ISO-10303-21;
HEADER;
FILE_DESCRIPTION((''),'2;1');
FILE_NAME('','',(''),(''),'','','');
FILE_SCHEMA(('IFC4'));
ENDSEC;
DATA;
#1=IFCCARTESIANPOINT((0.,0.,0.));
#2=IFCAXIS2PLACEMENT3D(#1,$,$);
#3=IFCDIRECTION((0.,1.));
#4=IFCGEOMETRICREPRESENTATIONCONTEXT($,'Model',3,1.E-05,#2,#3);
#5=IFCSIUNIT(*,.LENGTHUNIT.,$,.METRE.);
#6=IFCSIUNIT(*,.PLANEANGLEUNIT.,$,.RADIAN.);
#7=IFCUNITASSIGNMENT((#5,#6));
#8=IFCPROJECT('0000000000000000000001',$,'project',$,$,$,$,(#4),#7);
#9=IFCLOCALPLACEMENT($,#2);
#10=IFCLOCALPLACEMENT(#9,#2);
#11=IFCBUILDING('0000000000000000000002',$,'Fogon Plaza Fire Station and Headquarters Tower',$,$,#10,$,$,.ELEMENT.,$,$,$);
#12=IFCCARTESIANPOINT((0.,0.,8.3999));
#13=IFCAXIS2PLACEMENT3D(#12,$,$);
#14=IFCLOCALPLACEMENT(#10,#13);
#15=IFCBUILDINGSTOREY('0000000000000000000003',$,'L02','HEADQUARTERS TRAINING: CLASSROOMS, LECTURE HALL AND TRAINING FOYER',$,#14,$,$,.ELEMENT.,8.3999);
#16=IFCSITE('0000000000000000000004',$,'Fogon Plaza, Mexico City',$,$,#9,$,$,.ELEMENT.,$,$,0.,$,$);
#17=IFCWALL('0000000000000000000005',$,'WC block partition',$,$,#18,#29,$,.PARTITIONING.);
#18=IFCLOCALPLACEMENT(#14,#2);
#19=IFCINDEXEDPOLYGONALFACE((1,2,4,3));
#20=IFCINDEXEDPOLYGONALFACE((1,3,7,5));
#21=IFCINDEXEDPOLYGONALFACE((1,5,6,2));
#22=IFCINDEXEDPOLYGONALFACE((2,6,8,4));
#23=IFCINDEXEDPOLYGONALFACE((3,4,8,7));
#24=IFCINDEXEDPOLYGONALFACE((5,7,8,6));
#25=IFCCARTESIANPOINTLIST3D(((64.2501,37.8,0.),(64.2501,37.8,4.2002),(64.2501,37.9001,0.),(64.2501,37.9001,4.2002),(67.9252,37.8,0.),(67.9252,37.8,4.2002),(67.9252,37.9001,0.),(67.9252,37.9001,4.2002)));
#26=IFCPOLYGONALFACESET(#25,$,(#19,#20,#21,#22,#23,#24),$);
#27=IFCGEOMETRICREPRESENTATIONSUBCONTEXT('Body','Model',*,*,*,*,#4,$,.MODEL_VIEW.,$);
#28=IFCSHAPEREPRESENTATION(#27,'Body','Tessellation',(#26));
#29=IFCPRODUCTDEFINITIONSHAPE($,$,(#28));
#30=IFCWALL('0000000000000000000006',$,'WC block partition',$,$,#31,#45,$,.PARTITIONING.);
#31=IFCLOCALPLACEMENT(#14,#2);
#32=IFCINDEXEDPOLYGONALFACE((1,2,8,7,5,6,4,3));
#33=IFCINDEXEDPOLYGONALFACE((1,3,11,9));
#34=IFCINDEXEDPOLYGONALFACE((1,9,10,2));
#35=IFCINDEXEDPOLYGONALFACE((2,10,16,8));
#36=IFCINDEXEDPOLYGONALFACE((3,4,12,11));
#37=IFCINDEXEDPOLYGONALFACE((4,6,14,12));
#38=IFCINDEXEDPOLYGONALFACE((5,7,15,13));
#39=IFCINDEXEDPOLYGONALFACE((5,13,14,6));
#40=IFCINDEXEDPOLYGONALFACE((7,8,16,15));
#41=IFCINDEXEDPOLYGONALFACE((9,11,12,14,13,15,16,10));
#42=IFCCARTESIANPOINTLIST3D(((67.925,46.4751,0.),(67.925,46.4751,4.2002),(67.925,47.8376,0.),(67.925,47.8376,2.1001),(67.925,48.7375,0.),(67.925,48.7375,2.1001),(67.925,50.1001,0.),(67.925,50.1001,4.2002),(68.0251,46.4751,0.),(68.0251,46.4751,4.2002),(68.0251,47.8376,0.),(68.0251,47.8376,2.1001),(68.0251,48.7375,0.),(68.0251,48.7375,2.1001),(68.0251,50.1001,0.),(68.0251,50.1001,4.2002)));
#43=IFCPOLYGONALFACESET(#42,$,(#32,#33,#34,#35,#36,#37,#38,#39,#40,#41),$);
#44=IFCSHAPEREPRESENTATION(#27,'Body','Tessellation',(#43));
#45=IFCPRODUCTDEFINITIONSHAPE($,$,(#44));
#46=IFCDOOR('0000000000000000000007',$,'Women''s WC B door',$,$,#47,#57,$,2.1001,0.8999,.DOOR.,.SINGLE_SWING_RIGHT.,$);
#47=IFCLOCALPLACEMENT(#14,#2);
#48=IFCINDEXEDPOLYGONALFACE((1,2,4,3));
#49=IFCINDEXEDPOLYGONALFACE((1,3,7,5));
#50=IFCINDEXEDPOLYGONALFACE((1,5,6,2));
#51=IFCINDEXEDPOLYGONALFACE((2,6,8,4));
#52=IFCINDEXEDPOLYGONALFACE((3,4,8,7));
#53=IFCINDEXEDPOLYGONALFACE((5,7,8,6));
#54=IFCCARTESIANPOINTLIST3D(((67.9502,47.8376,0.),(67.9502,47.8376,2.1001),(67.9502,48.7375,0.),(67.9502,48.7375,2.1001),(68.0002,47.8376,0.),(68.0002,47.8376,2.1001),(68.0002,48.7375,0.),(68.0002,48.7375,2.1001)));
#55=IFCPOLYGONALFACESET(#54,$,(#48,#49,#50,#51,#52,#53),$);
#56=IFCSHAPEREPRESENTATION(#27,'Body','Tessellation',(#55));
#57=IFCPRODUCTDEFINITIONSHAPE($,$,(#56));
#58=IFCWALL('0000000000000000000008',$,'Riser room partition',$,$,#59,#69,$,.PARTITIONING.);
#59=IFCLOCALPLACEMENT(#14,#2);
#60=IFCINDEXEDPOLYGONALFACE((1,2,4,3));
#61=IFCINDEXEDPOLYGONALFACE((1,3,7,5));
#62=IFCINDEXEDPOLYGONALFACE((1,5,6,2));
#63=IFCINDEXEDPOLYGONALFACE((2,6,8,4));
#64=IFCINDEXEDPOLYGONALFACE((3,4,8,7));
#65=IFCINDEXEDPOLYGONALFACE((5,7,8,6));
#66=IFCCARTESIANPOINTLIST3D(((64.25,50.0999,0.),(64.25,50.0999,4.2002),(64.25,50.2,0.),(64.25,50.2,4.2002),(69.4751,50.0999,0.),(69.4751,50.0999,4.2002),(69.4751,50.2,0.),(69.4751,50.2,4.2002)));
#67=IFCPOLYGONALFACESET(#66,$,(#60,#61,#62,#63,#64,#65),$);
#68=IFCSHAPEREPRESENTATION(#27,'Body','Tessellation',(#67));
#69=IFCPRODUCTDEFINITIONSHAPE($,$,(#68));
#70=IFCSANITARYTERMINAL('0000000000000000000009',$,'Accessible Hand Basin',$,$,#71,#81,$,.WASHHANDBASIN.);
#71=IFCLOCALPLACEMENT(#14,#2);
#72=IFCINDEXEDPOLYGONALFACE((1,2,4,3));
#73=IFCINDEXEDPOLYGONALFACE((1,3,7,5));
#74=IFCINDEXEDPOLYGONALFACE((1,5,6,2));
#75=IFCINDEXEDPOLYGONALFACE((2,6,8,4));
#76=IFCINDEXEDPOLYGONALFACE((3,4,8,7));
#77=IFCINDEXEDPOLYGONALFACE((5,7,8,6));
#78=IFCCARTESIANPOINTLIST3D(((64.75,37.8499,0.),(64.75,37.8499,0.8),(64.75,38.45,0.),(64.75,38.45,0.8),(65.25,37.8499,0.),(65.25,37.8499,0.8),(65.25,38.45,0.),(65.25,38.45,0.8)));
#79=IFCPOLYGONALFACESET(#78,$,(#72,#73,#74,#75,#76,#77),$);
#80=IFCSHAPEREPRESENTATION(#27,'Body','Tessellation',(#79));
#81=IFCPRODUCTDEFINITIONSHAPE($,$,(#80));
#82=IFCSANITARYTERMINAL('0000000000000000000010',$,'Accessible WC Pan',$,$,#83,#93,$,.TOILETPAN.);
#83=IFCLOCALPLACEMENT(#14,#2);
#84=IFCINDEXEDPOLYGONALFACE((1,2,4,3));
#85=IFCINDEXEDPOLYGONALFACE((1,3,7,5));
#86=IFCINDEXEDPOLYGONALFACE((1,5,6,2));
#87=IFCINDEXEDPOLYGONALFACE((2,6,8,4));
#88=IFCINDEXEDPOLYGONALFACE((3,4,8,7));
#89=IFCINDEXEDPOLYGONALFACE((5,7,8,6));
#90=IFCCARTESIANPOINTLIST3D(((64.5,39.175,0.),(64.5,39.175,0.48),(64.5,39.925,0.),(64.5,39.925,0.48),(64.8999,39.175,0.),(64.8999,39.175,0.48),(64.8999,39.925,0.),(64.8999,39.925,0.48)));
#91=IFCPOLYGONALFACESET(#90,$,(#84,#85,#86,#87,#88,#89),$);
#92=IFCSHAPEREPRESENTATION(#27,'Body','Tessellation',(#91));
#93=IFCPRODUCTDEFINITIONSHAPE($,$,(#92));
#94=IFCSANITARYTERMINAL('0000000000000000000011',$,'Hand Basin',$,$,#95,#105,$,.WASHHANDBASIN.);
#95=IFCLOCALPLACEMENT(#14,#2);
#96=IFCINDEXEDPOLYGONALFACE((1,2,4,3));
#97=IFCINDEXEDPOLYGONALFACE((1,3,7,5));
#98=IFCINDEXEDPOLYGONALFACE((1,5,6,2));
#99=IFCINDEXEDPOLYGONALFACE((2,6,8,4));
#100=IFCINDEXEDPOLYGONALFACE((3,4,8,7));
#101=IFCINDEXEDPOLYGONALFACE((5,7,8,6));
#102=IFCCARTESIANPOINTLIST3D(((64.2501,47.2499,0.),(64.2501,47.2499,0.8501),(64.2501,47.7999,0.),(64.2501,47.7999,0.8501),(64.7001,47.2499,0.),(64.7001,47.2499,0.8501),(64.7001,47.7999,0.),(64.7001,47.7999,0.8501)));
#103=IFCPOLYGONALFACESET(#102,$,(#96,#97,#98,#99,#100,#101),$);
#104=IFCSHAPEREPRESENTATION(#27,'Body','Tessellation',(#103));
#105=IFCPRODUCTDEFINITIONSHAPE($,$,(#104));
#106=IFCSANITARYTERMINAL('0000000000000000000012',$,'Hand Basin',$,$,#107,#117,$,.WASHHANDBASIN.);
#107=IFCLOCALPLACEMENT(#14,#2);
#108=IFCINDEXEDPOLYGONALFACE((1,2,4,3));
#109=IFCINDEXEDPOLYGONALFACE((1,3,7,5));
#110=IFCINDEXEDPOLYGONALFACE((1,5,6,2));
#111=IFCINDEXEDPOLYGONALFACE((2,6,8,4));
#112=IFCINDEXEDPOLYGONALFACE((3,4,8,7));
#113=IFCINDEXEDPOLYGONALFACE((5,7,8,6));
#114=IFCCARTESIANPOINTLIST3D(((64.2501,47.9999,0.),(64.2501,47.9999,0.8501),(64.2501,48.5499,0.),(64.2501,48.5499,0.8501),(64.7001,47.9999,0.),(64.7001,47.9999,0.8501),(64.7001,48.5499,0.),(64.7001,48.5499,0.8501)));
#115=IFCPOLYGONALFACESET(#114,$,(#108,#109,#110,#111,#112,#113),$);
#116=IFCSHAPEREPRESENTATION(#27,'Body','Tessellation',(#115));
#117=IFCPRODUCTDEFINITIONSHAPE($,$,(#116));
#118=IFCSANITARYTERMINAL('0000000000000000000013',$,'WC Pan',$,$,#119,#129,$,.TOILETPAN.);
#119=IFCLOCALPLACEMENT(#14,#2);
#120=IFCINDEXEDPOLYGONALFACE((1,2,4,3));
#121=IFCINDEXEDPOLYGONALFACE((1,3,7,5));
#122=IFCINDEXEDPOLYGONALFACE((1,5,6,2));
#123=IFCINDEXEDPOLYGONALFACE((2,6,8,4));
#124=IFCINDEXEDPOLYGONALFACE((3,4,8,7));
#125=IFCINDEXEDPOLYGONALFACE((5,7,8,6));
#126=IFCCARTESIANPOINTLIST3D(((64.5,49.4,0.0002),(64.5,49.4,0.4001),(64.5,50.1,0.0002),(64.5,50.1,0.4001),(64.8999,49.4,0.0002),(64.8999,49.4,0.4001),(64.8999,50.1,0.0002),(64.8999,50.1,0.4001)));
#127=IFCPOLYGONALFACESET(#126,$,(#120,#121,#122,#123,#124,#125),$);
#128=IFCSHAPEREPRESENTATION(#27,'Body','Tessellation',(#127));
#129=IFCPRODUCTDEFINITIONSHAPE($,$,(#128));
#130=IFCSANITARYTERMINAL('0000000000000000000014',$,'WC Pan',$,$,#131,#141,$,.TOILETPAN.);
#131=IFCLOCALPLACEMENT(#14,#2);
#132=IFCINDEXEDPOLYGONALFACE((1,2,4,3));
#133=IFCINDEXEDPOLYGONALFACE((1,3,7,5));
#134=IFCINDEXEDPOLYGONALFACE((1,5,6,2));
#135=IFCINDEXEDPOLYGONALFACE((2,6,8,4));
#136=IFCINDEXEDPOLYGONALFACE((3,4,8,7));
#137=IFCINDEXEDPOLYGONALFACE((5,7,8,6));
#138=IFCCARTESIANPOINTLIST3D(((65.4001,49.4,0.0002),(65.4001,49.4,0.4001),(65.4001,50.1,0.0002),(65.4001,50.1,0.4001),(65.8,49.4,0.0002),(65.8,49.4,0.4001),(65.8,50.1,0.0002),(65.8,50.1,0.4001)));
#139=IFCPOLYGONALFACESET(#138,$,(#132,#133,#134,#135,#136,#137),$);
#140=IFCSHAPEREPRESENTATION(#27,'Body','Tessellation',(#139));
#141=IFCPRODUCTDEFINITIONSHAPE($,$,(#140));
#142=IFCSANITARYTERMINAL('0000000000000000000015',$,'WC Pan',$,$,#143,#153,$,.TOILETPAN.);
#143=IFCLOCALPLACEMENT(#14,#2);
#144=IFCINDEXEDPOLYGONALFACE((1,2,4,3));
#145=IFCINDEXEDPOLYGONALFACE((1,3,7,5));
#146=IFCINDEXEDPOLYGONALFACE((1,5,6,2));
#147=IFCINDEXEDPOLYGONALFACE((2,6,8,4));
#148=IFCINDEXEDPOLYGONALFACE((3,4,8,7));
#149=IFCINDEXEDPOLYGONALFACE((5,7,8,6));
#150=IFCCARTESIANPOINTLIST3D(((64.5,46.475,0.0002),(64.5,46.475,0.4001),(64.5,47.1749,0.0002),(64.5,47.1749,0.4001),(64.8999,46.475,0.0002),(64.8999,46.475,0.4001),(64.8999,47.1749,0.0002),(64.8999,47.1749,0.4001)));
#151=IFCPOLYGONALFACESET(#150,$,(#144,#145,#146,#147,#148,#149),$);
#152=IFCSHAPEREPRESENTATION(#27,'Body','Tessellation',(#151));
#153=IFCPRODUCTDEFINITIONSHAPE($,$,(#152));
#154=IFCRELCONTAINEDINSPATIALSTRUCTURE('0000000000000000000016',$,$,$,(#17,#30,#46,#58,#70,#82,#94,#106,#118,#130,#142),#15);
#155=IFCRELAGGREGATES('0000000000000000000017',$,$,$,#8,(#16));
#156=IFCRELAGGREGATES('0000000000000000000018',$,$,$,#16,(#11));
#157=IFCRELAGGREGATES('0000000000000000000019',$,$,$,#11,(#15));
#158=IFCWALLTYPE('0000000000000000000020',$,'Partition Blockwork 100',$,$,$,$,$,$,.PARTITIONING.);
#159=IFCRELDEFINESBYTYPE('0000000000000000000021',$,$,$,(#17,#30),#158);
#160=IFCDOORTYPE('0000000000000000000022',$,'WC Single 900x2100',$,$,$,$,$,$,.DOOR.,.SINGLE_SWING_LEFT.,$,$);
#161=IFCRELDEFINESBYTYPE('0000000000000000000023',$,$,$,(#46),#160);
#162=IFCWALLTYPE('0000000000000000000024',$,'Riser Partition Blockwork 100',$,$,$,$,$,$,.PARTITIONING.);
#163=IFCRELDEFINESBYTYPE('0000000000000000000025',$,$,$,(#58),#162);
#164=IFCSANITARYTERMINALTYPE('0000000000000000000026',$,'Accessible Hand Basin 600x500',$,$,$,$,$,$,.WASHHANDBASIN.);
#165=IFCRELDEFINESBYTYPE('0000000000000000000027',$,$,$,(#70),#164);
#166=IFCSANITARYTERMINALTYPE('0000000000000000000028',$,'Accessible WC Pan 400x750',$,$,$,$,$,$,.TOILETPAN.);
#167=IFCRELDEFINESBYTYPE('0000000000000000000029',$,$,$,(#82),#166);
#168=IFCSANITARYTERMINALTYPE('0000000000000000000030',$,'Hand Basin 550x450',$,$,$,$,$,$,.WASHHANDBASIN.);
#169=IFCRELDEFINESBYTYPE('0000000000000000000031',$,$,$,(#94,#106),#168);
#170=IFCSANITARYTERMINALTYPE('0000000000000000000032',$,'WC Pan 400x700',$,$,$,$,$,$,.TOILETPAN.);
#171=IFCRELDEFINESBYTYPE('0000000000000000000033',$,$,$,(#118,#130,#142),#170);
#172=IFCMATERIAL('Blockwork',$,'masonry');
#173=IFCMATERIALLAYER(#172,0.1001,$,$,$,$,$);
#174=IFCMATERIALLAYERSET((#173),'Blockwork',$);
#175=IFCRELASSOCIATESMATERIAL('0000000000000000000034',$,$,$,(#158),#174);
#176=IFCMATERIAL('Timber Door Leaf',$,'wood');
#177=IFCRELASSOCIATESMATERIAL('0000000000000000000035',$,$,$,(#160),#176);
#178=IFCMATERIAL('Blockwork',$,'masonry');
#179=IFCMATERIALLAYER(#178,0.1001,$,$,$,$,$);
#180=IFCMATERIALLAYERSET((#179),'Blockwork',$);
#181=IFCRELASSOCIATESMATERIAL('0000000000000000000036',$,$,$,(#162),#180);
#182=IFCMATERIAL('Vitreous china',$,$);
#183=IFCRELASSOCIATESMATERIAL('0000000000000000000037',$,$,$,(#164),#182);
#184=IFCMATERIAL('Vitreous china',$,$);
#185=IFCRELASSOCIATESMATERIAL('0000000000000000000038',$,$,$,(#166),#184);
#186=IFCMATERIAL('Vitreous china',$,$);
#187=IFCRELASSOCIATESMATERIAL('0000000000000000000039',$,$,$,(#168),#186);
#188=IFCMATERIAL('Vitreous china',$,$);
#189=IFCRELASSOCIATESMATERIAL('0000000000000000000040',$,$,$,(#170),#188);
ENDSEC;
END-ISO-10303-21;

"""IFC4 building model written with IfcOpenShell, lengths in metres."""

from ifc_helpers import new_model, si_unit, direction, frame, frame_2d, origin, origin_2d, place, context, subcontext, project, spatial, rectangle, extrude, material, layer, layer_set, type_object, element, fill, save


model = new_model("IFC4")

# Units and contexts
model_context = context("Model", 3, precision=1e-05, world=origin(), true_north=direction((0.0, 1.0)))
body_context = subcontext(model_context, "Body", "Model", "MODEL_VIEW")
ifc_project = project(units=[si_unit("LENGTHUNIT", "METRE"), si_unit("PLANEANGLEUNIT", "RADIAN")], contexts=[model_context])

# Site, building, storey
site_placement = place(None, origin())
site = spatial("IfcSite", under=ifc_project, at=site_placement, Name="Fogon Plaza, Mexico City", CompositionType="ELEMENT", RefElevation=0.0)
building_placement = place(site_placement, origin())
building = spatial("IfcBuilding", under=site, at=building_placement, Name="Fogon Plaza Fire Station and Headquarters Tower", CompositionType="ELEMENT")
storey_placement = place(building_placement, frame((0.0, 0.0, 8.3999)))
storey = spatial("IfcBuildingStorey", under=building, at=storey_placement, Name="L02", Description="HEADQUARTERS TRAINING: CLASSROOMS, LECTURE HALL AND TRAINING FOYER", CompositionType="ELEMENT", Elevation=8.3999)

# Wall
ifc_material_1 = material(Name="Blockwork", Category="masonry")
ifc_layer_1 = layer(ifc_material_1, 0.1001)
ifc_layer_set_1 = layer_set([ifc_layer_1], Name="Blockwork")
wall_type_1 = type_object("IfcWallType", Name="Partition Blockwork 100", PredefinedType="PARTITIONING", material=ifc_layer_set_1)
wall_1_placement = place(storey_placement, frame((67.925, 37.8501, 0.0), z_axis=(0.0, 0.0, 1.0), x_axis=(-1.0, 0.0, 0.0)))
element("IfcWall", 1, at=wall_1_placement, inside=storey, type_object=wall_type_1, Name="WC block partition", PredefinedType="PARTITIONING", context=body_context, shape_type="SweptSolid", body=[
    extrude(rectangle(XDim=3.675, YDim=0.1001, at=frame_2d((1.8374, 0.0))), origin(), (0.0, 0.0, 1.0), 4.2002),
])

# Wall, opening, door
wall_2_placement = place(storey_placement, frame((67.9751, 46.4751, 0.0), z_axis=(0.0, 0.0, 1.0), x_axis=(0.0, 1.0, 0.0)))
wall_2 = element("IfcWall", 2, at=wall_2_placement, inside=storey, type_object=wall_type_1, Name="WC block partition", PredefinedType="PARTITIONING", context=body_context, shape_type="SweptSolid", body=[
    extrude(rectangle(XDim=3.625, YDim=0.1001, at=frame_2d((1.8125, 0.0))), origin(), (0.0, 0.0, 1.0), 4.2002),
])
opening_1_placement = place(wall_2_placement, frame((1.3625, 0.0, 0.0)))
opening_1 = element("IfcOpeningElement", 3, at=opening_1_placement, cuts=wall_2, PredefinedType="OPENING", context=body_context, shape_type="SweptSolid", body=[
    extrude(rectangle(XDim=0.8999, YDim=2.1001, at=frame_2d((0.45, 1.05))), frame((0.0, 0.0601, 0.0), z_axis=(0.0, -1.0, 0.0), x_axis=(1.0, 0.0, 0.0)), (0.0, 0.0, 1.0), 0.1201),
])
ifc_material_2 = material(Name="Timber Door Leaf", Category="wood")
door_type_1 = type_object("IfcDoorType", Name="WC Single 900x2100", OperationType="SINGLE_SWING_LEFT", PredefinedType="DOOR", material=ifc_material_2)
door_1_placement = place(opening_1_placement, origin())
door_1 = element("IfcDoor", 4, at=door_1_placement, inside=storey, type_object=door_type_1, Name="Women's WC B door", OperationType="SINGLE_SWING_RIGHT", OverallHeight=2.1001, OverallWidth=0.8999, PredefinedType="DOOR", context=body_context, shape_type="SweptSolid", body=[
    extrude(rectangle(XDim=0.8999, YDim=2.1001, at=frame_2d((0.45, 1.05))), frame((0.0, 0.0249, 0.0), z_axis=(0.0, -1.0, 0.0), x_axis=(1.0, 0.0, 0.0)), (0.0, 0.0, 1.0), 0.05),
])
fill(opening_1, door_1)

# Wall
ifc_material_3 = material(Name="Blockwork", Category="masonry")
ifc_layer_2 = layer(ifc_material_3, 0.1001)
ifc_layer_set_2 = layer_set([ifc_layer_2], Name="Blockwork")
wall_type_2 = type_object("IfcWallType", Name="Riser Partition Blockwork 100", PredefinedType="PARTITIONING", material=ifc_layer_set_2)
wall_3_placement = place(storey_placement, frame((69.4751, 50.1499, 0.0), z_axis=(0.0, 0.0, 1.0), x_axis=(-1.0, 0.0, 0.0)))
element("IfcWall", 5, at=wall_3_placement, inside=storey, type_object=wall_type_2, Name="Riser room partition", PredefinedType="PARTITIONING", context=body_context, shape_type="SweptSolid", body=[
    extrude(rectangle(XDim=5.2251, YDim=0.1001, at=frame_2d((2.6125, 0.0))), origin(), (0.0, 0.0, 1.0), 4.2002),
])

# Sanitary terminals
ifc_material_4 = material(Name="Vitreous china")
sanitary_terminal_type_1 = type_object("IfcSanitaryTerminalType", Name="Accessible Hand Basin 600x500", PredefinedType="WASHHANDBASIN", material=ifc_material_4)
sanitary_terminal_1_placement = place(storey_placement, frame((65.0, 38.1499, 0.0), z_axis=(0.0, 0.0, 1.0), x_axis=(1.0, 0.0, 0.0)))
element("IfcSanitaryTerminal", 6, at=sanitary_terminal_1_placement, inside=storey, type_object=sanitary_terminal_type_1, Name="Accessible Hand Basin", PredefinedType="WASHHANDBASIN", context=body_context, shape_type="SweptSolid", body=[
    extrude(rectangle(XDim=0.5, YDim=0.6001, at=origin_2d()), origin(), (0.0, 0.0, 1.0), 0.8),
])
ifc_material_5 = material(Name="Vitreous china")
sanitary_terminal_type_2 = type_object("IfcSanitaryTerminalType", Name="Accessible WC Pan 400x750", PredefinedType="TOILETPAN", material=ifc_material_5)
sanitary_terminal_2_placement = place(storey_placement, frame((64.7, 39.55, 0.0), z_axis=(0.0, 0.0, 1.0), x_axis=(1.0, 0.0, 0.0)))
element("IfcSanitaryTerminal", 7, at=sanitary_terminal_2_placement, inside=storey, type_object=sanitary_terminal_type_2, Name="Accessible WC Pan", PredefinedType="TOILETPAN", context=body_context, shape_type="SweptSolid", body=[
    extrude(rectangle(XDim=0.3999, YDim=0.75, at=origin_2d()), origin(), (0.0, 0.0, 1.0), 0.48),
])
ifc_material_6 = material(Name="Vitreous china")
sanitary_terminal_type_3 = type_object("IfcSanitaryTerminalType", Name="Hand Basin 550x450", PredefinedType="WASHHANDBASIN", material=ifc_material_6)
for number, where, z_axis, x_axis, name in (
    (8, (64.4751, 47.5249, 0.0), (0.0, 0.0, 1.0), (1.0, 0.0, 0.0), "Hand Basin"),
    (9, (64.4751, 48.2749, 0.0), (0.0, 0.0, 1.0), (1.0, 0.0, 0.0), "Hand Basin"),
):
    element("IfcSanitaryTerminal", number, at=place(storey_placement, frame(where, z_axis=z_axis, x_axis=x_axis)), inside=storey, type_object=sanitary_terminal_type_3, Name=name, PredefinedType="WASHHANDBASIN", context=body_context, shape_type="SweptSolid", body=[
        extrude(rectangle(XDim=0.45, YDim=0.55, at=origin_2d()), origin(), (0.0, 0.0, 1.0), 0.8501),
    ])
ifc_material_7 = material(Name="Vitreous china")
sanitary_terminal_type_4 = type_object("IfcSanitaryTerminalType", Name="WC Pan 400x700", PredefinedType="TOILETPAN", material=ifc_material_7)
for number, where, z_axis, x_axis, name in (
    (10, (64.7, 49.75, 0.0002), (0.0, 0.0, 1.0), (1.0, 0.0, 0.0), "WC Pan"),
    (11, (65.6001, 49.75, 0.0002), (0.0, 0.0, 1.0), (1.0, 0.0, 0.0), "WC Pan"),
    (12, (64.7, 46.825, 0.0002), (0.0, 0.0, 1.0), (1.0, 0.0, 0.0), "WC Pan"),
):
    element("IfcSanitaryTerminal", number, at=place(storey_placement, frame(where, z_axis=z_axis, x_axis=x_axis)), inside=storey, type_object=sanitary_terminal_type_4, Name=name, PredefinedType="TOILETPAN", context=body_context, shape_type="SweptSolid", body=[
        extrude(rectangle(XDim=0.3999, YDim=0.7, at=origin_2d()), origin(), (0.0, 0.0, 1.0), 0.3999),
    ])

save(model, "model.ifc")
